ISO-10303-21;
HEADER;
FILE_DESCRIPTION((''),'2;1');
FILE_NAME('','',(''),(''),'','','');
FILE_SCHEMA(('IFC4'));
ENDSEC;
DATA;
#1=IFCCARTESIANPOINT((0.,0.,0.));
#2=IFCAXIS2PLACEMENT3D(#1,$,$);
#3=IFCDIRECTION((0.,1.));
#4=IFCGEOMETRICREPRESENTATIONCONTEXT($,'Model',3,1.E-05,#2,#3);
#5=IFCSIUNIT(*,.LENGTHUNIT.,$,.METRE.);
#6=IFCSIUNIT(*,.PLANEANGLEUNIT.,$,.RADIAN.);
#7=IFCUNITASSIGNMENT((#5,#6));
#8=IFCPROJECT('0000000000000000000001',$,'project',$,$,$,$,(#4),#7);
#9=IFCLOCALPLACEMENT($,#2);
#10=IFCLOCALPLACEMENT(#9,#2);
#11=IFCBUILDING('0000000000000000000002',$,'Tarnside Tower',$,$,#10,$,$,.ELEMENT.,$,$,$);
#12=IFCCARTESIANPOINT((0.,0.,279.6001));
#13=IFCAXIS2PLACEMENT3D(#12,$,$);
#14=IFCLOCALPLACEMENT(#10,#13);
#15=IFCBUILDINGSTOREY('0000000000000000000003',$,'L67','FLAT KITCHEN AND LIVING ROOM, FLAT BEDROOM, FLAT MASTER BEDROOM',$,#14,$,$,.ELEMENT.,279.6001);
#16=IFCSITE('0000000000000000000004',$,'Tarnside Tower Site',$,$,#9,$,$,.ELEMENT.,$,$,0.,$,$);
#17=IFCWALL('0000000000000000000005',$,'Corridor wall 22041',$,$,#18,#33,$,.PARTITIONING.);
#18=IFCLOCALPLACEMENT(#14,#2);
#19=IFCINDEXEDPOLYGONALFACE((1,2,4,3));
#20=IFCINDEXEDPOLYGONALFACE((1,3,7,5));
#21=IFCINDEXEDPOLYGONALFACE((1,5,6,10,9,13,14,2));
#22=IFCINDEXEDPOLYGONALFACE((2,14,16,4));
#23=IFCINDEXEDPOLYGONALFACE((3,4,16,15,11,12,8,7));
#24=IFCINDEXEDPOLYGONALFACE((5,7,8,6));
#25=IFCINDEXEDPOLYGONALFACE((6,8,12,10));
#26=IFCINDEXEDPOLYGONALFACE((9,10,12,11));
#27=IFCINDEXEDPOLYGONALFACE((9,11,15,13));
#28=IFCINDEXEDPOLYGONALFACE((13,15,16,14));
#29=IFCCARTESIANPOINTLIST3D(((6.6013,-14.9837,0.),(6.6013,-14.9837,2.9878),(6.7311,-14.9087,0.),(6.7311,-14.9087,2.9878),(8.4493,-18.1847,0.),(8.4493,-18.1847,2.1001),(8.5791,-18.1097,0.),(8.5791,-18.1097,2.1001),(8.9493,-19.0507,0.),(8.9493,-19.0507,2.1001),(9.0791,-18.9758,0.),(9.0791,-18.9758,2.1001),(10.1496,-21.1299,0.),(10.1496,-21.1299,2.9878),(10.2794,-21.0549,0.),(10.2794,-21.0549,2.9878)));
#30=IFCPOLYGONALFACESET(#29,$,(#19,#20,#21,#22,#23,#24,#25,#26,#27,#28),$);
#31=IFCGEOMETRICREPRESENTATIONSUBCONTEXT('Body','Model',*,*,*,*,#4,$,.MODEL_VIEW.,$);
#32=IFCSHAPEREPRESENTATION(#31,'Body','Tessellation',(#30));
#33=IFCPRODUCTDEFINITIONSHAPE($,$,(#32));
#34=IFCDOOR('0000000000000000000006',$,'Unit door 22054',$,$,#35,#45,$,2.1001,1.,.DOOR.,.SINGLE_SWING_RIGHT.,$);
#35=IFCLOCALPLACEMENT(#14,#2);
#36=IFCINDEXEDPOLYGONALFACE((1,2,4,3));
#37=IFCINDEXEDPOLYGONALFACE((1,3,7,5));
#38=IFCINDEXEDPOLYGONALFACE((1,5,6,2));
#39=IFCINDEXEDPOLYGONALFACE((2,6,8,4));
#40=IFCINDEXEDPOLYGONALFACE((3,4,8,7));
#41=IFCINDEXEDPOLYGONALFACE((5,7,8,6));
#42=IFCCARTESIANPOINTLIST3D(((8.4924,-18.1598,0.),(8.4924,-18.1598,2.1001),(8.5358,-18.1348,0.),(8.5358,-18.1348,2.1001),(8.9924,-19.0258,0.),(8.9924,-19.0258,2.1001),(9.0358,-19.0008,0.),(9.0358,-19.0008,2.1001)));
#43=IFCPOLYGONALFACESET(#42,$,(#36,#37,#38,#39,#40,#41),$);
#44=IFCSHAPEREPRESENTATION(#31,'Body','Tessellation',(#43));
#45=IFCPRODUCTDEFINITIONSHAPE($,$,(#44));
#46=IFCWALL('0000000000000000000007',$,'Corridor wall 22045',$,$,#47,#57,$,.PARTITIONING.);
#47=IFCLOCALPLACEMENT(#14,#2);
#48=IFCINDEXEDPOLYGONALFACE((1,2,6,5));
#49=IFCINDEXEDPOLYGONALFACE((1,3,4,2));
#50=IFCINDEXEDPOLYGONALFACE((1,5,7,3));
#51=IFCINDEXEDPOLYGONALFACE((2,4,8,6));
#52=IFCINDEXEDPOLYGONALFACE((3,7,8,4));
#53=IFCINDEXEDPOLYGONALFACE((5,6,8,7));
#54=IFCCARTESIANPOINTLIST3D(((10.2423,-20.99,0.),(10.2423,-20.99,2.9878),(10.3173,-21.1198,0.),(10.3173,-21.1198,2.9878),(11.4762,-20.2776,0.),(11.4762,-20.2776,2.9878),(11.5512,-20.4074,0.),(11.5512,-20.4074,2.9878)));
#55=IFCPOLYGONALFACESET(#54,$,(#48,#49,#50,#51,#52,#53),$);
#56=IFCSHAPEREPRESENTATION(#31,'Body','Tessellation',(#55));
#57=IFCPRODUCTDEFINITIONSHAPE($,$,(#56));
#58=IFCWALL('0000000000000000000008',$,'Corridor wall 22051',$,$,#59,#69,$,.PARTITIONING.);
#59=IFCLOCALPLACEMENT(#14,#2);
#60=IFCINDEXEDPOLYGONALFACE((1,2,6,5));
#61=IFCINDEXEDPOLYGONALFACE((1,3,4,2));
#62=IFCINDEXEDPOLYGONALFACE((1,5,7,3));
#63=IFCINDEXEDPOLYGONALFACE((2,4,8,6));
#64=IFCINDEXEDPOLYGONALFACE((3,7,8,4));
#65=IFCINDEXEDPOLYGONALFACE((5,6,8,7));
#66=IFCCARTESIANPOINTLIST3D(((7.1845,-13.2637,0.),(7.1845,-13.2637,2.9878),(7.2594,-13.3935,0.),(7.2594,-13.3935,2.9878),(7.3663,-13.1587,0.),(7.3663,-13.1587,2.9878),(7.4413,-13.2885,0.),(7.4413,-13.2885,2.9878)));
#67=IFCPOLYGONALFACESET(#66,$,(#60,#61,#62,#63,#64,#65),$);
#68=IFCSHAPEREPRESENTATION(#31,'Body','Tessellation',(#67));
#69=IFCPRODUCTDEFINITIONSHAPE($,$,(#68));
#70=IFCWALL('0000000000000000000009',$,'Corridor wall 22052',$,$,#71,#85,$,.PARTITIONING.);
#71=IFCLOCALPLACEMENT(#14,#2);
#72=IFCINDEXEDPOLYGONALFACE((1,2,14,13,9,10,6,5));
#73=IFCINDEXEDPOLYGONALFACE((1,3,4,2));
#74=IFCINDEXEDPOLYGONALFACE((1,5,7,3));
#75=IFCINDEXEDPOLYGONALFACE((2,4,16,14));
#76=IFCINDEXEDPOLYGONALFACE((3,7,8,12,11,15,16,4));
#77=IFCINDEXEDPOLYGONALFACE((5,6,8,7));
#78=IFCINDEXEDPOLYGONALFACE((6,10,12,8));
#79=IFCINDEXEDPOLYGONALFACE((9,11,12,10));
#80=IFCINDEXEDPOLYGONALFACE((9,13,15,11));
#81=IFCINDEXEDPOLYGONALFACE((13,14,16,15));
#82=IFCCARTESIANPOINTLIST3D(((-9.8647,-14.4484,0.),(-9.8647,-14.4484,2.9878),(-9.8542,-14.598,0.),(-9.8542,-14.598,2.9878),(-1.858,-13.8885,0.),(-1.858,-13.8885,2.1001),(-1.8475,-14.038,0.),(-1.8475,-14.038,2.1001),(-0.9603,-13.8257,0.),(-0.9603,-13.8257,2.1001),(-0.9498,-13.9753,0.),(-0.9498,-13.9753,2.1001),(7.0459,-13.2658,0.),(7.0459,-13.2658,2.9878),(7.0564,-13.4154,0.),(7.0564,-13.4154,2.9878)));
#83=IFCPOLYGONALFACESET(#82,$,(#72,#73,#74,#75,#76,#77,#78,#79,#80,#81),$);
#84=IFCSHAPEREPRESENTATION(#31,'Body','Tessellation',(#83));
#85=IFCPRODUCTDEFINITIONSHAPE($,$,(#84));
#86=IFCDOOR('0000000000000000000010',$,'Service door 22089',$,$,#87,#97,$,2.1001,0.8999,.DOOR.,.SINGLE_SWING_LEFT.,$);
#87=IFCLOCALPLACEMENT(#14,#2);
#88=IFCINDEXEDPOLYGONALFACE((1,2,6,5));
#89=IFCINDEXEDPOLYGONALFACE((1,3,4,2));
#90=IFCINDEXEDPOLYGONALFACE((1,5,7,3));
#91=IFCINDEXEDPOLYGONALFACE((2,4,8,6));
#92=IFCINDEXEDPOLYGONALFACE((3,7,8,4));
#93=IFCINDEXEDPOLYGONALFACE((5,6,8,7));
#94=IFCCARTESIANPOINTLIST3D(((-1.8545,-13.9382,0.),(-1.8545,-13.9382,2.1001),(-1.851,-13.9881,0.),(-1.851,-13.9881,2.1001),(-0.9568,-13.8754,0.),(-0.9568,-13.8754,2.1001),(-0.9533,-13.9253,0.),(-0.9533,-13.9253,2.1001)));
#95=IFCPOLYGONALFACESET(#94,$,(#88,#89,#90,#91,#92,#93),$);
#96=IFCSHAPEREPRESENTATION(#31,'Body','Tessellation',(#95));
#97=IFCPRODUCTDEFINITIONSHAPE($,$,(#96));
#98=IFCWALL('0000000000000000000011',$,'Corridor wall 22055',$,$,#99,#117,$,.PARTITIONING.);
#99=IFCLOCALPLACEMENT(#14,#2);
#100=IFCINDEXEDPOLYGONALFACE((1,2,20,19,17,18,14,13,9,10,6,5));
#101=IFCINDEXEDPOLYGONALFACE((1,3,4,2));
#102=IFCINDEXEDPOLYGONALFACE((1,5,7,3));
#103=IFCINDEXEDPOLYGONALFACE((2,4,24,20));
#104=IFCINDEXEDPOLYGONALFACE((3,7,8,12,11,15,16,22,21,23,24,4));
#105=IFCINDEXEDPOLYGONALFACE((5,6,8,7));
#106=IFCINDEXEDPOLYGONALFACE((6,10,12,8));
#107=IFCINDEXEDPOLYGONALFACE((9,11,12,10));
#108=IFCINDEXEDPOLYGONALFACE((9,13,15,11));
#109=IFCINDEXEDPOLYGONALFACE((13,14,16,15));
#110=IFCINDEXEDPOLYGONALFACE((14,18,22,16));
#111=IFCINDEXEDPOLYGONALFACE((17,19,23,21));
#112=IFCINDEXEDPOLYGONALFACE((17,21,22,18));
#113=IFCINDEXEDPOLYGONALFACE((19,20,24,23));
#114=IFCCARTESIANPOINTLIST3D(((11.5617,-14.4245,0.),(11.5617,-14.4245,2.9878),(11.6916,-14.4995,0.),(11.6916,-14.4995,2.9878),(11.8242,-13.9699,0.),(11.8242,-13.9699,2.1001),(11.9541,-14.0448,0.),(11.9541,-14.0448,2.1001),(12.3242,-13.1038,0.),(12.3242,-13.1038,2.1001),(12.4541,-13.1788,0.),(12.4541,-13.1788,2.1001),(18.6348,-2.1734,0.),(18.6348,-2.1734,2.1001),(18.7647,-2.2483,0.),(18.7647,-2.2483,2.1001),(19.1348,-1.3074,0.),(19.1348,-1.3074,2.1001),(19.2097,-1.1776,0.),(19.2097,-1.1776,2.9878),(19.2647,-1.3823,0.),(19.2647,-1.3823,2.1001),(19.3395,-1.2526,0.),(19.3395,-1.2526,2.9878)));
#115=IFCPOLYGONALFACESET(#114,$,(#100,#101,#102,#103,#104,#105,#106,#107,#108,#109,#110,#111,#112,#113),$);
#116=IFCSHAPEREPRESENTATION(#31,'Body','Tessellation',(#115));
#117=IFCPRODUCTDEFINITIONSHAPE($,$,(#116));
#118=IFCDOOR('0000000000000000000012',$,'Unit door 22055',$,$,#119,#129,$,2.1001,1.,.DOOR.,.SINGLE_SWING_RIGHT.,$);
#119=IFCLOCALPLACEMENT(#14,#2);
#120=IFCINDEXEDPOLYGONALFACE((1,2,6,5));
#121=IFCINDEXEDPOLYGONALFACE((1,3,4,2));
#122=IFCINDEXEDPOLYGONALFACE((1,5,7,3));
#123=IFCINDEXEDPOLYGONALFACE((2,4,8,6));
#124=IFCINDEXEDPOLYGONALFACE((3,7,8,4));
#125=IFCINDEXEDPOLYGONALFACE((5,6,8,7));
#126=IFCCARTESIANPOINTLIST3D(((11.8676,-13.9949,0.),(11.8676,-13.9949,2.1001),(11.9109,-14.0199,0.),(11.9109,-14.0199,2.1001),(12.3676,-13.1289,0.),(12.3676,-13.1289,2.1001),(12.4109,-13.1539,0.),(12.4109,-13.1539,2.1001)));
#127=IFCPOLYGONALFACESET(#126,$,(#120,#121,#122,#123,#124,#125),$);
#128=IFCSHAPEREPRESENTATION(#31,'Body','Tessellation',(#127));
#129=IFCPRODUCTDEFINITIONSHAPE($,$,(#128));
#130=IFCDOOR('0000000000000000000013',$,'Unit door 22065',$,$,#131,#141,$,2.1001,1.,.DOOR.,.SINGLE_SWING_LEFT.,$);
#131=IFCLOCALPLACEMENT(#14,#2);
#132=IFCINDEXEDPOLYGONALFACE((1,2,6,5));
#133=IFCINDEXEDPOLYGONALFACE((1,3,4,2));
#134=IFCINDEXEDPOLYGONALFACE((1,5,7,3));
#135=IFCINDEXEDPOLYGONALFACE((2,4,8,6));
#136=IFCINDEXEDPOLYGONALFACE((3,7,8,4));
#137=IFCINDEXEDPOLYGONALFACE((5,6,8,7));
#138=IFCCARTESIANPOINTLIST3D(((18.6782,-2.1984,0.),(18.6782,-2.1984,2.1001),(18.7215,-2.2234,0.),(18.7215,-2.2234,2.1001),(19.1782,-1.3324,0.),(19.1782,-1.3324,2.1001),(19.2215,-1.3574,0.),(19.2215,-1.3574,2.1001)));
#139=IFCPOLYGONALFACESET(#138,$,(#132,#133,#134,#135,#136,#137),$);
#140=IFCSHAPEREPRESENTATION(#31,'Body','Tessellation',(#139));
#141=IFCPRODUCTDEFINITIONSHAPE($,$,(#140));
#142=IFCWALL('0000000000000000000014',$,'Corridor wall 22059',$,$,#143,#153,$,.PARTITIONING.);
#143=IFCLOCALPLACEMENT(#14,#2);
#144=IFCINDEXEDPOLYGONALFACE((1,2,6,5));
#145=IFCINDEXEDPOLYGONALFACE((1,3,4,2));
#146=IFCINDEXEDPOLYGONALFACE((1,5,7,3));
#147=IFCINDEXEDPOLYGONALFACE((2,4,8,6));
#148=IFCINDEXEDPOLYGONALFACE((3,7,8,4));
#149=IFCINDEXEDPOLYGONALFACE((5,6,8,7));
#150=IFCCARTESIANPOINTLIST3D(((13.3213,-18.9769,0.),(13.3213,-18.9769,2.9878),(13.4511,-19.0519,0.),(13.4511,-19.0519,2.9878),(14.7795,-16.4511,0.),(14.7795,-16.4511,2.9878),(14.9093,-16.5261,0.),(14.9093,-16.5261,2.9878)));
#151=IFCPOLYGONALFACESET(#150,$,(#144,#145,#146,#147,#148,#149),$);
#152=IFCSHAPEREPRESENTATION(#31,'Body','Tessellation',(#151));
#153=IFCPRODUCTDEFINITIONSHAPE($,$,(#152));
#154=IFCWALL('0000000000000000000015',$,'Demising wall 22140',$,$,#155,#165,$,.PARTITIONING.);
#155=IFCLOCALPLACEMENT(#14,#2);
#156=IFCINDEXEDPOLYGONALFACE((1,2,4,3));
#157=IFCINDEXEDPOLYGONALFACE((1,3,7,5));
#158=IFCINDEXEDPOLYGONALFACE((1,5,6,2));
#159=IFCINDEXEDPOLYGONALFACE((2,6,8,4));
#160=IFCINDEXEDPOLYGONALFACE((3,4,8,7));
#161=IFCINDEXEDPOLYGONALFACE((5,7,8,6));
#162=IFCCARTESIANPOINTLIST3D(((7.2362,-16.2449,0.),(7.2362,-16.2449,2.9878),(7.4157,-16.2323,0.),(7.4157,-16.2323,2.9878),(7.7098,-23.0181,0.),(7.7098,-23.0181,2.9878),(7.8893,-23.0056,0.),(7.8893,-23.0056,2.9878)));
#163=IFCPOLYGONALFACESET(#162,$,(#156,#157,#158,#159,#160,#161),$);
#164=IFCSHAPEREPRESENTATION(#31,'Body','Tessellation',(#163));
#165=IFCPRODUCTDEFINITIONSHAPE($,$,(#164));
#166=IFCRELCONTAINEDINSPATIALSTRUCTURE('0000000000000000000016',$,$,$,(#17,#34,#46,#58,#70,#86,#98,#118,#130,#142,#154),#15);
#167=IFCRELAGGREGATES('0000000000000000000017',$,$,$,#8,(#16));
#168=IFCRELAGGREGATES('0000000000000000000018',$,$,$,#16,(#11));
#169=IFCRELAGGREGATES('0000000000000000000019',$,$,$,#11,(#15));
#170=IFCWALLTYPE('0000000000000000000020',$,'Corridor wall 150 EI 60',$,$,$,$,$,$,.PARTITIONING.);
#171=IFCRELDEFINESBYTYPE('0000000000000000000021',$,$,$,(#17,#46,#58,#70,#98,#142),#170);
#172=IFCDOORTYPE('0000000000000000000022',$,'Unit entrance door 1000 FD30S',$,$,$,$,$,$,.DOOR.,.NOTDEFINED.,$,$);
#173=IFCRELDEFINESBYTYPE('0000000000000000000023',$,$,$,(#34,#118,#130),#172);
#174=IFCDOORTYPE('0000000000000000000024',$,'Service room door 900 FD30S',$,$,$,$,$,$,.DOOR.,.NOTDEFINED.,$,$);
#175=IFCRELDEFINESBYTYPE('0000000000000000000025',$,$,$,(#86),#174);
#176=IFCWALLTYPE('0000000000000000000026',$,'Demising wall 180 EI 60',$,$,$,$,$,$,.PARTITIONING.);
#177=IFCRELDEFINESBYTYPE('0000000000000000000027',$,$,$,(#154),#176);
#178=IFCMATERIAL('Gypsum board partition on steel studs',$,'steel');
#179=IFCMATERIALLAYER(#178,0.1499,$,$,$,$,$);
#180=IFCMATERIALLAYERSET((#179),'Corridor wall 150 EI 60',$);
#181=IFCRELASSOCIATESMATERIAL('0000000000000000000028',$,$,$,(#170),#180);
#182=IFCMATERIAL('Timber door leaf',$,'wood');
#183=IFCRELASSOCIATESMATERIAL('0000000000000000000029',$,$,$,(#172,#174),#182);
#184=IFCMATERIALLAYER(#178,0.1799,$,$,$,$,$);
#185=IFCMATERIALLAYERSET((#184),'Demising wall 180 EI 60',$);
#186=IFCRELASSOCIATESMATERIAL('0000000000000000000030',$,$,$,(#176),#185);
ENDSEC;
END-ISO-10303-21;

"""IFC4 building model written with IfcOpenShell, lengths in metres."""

from ifc_helpers import new_model, si_unit, direction, frame, frame_2d, origin, place, context, subcontext, project, spatial, rectangle, extrude, material, layer, layer_set, type_object, element, fill, save


model = new_model("IFC4")

# Units and contexts
model_context = context("Model", 3, precision=1e-05, world=origin(), true_north=direction((0.0, 1.0)))
body_context = subcontext(model_context, "Body", "Model", "MODEL_VIEW")
ifc_project = project(units=[si_unit("LENGTHUNIT", "METRE"), si_unit("PLANEANGLEUNIT", "RADIAN")], contexts=[model_context])

# Site, building, storey
site_placement = place(None, origin())
site = spatial("IfcSite", under=ifc_project, at=site_placement, Name="Tarnside Tower Site", CompositionType="ELEMENT", RefElevation=0.0)
building_placement = place(site_placement, origin())
building = spatial("IfcBuilding", under=site, at=building_placement, Name="Tarnside Tower", CompositionType="ELEMENT")
storey_placement = place(building_placement, frame((0.0, 0.0, 279.6001)))
storey = spatial("IfcBuildingStorey", under=building, at=storey_placement, Name="L67", Description="FLAT KITCHEN AND LIVING ROOM, FLAT BEDROOM, FLAT MASTER BEDROOM", CompositionType="ELEMENT", Elevation=279.6001)

# Wall, opening, door
ifc_material_1 = material(Name="Gypsum board partition on steel studs", Category="steel")
ifc_layer_1 = layer(ifc_material_1, 0.1499)
ifc_layer_set_1 = layer_set([ifc_layer_1], Name="Corridor wall 150 EI 60")
wall_type_1 = type_object("IfcWallType", Name="Corridor wall 150 EI 60", PredefinedType="PARTITIONING", material=ifc_layer_set_1)
wall_1_placement = place(storey_placement, frame((6.6663, -14.9463, 0.0), z_axis=(0.0, 0.0, 1.0), x_axis=(0.49998, -0.866037, 0.0)))
wall_1 = element("IfcWall", 1, at=wall_1_placement, inside=storey, type_object=wall_type_1, Name="Corridor wall 22041", PredefinedType="PARTITIONING", context=body_context, shape_type="SweptSolid", body=[
    extrude(rectangle(XDim=7.0969, YDim=0.1499, at=frame_2d((3.5483, 0.0))), origin(), (0.0, 0.0, 1.0), 2.9878),
])
opening_1_placement = place(wall_1_placement, frame((3.696, 0.0, 0.0)))
opening_1 = element("IfcOpeningElement", 2, at=opening_1_placement, cuts=wall_1, PredefinedType="OPENING", context=body_context, shape_type="SweptSolid", body=[
    extrude(rectangle(XDim=1.0, YDim=2.1001, at=frame_2d((0.5, 1.05))), frame((0.0, 0.085, 0.0), z_axis=(0.0, -1.0, 0.0), x_axis=(1.0, 0.0, 0.0)), (0.0, 0.0, 1.0), 0.1699),
])
ifc_material_2 = material(Name="Timber door leaf", Category="wood")
door_type_1 = type_object("IfcDoorType", Name="Unit entrance door 1000 FD30S", OperationType="NOTDEFINED", PredefinedType="DOOR", material=ifc_material_2)
door_1_placement = place(opening_1_placement, origin())
door_1 = element("IfcDoor", 3, at=door_1_placement, inside=storey, type_object=door_type_1, Name="Unit door 22054", OperationType="SINGLE_SWING_RIGHT", OverallHeight=2.1001, OverallWidth=1.0, PredefinedType="DOOR", context=body_context, shape_type="SweptSolid", body=[
    extrude(rectangle(XDim=1.0, YDim=2.1001, at=frame_2d((0.5, 1.05))), frame((0.0, 0.0249, 0.0), z_axis=(0.0, -1.0, 0.0), x_axis=(1.0, 0.0, 0.0)), (0.0, 0.0, 1.0), 0.05),
])
fill(opening_1, door_1)

# Walls
wall_2_placement = place(storey_placement, frame((10.2798, -21.0549, 0.0), z_axis=(0.0, 0.0, 1.0), x_axis=(0.86602, 0.500009, 0.0)))
element("IfcWall", 4, at=wall_2_placement, inside=storey, type_object=wall_type_1, Name="Corridor wall 22045", PredefinedType="PARTITIONING", context=body_context, shape_type="SweptSolid", body=[
    extrude(rectangle(XDim=1.4248, YDim=0.1499, at=frame_2d((0.7124, 0.0))), origin(), (0.0, 0.0, 1.0), 2.9878),
])
wall_3_placement = place(storey_placement, frame((7.4038, -13.2236, 0.0), z_axis=(0.0, 0.0, 1.0), x_axis=(-0.866089, -0.49989, 0.0)))
element("IfcWall", 5, at=wall_3_placement, inside=storey, type_object=wall_type_1, Name="Corridor wall 22051", PredefinedType="PARTITIONING", context=body_context, shape_type="SweptSolid", body=[
    extrude(rectangle(XDim=0.21, YDim=0.1499, at=frame_2d((0.105, 0.0))), origin(), (0.0, 0.0, 1.0), 2.9878),
])

# Wall, opening, door
wall_4_placement = place(storey_placement, frame((7.0513, -13.3406, 0.0), z_axis=(0.0, 0.0, 1.0), x_axis=(-0.997564, -0.069763, 0.0)))
wall_4 = element("IfcWall", 6, at=wall_4_placement, inside=storey, type_object=wall_type_1, Name="Corridor wall 22052", PredefinedType="PARTITIONING", context=body_context, shape_type="SweptSolid", body=[
    extrude(rectangle(XDim=16.9519, YDim=0.1499, at=frame_2d((8.4761, 0.0))), origin(), (0.0, 0.0, 1.0), 2.9878),
])
opening_2_placement = place(wall_4_placement, frame((8.0259, 0.0, 0.0)))
opening_2 = element("IfcOpeningElement", 7, at=opening_2_placement, cuts=wall_4, PredefinedType="OPENING", context=body_context, shape_type="SweptSolid", body=[
    extrude(rectangle(XDim=0.8999, YDim=2.1001, at=frame_2d((0.45, 1.05))), frame((0.0, 0.085, 0.0), z_axis=(0.0, -1.0, 0.0), x_axis=(1.0, 0.0, 0.0)), (0.0, 0.0, 1.0), 0.1699),
])
door_type_2 = type_object("IfcDoorType", Name="Service room door 900 FD30S", OperationType="NOTDEFINED", PredefinedType="DOOR", material=ifc_material_2)
door_2_placement = place(opening_2_placement, origin())
door_2 = element("IfcDoor", 8, at=door_2_placement, inside=storey, type_object=door_type_2, Name="Service door 22089", OperationType="SINGLE_SWING_LEFT", OverallHeight=2.1001, OverallWidth=0.8999, PredefinedType="DOOR", context=body_context, shape_type="SweptSolid", body=[
    extrude(rectangle(XDim=0.8999, YDim=2.1001, at=frame_2d((0.45, 1.05))), frame((0.0, 0.0249, 0.0), z_axis=(0.0, -1.0, 0.0), x_axis=(1.0, 0.0, 0.0)), (0.0, 0.0, 1.0), 0.05),
])
fill(opening_2, door_2)

# Wall, openings, doors
wall_5_placement = place(storey_placement, frame((11.6267, -14.4619, 0.0), z_axis=(0.0, 0.0, 1.0), x_axis=(0.499995, 0.866029, 0.0)))
wall_5 = element("IfcWall", 9, at=wall_5_placement, inside=storey, type_object=wall_type_1, Name="Corridor wall 22055", PredefinedType="PARTITIONING", context=body_context, shape_type="SweptSolid", body=[
    extrude(rectangle(XDim=15.2961, YDim=0.1499, at=frame_2d((7.6479, 0.0))), origin(), (0.0, 0.0, 1.0), 2.9878),
])
opening_3_placement = place(wall_5_placement, frame((0.5249, 0.0, 0.0)))
opening_3 = element("IfcOpeningElement", 10, at=opening_3_placement, cuts=wall_5, PredefinedType="OPENING", context=body_context, shape_type="SweptSolid", body=[
    extrude(rectangle(XDim=1.0, YDim=2.1001, at=frame_2d((0.5, 1.05))), frame((0.0, 0.085, 0.0), z_axis=(0.0, -1.0, 0.0), x_axis=(1.0, 0.0, 0.0)), (0.0, 0.0, 1.0), 0.1699),
])
opening_4_placement = place(wall_5_placement, frame((14.1462, 0.0, 0.0)))
opening_4 = element("IfcOpeningElement", 11, at=opening_4_placement, cuts=wall_5, PredefinedType="OPENING", context=body_context, shape_type="SweptSolid", body=[
    extrude(rectangle(XDim=1.0, YDim=2.1001, at=frame_2d((0.5, 1.05))), frame((0.0, 0.085, 0.0), z_axis=(0.0, -1.0, 0.0), x_axis=(1.0, 0.0, 0.0)), (0.0, 0.0, 1.0), 0.1699),
])
door_3_placement = place(opening_3_placement, origin())
door_3 = element("IfcDoor", 12, at=door_3_placement, inside=storey, type_object=door_type_1, Name="Unit door 22055", OperationType="SINGLE_SWING_RIGHT", OverallHeight=2.1001, OverallWidth=1.0, PredefinedType="DOOR", context=body_context, shape_type="SweptSolid", body=[
    extrude(rectangle(XDim=1.0, YDim=2.1001, at=frame_2d((0.5, 1.05))), frame((0.0, 0.0249, 0.0), z_axis=(0.0, -1.0, 0.0), x_axis=(1.0, 0.0, 0.0)), (0.0, 0.0, 1.0), 0.05),
])
fill(opening_3, door_3)
door_4_placement = place(opening_4_placement, origin())
door_4 = element("IfcDoor", 13, at=door_4_placement, inside=storey, type_object=door_type_1, Name="Unit door 22065", OperationType="SINGLE_SWING_LEFT", OverallHeight=2.1001, OverallWidth=1.0, PredefinedType="DOOR", context=body_context, shape_type="SweptSolid", body=[
    extrude(rectangle(XDim=1.0, YDim=2.1001, at=frame_2d((0.5, 1.05))), frame((0.0, 0.0249, 0.0), z_axis=(0.0, -1.0, 0.0), x_axis=(1.0, 0.0, 0.0)), (0.0, 0.0, 1.0), 0.05),
])
fill(opening_4, door_4)

# Walls
wall_6_placement = place(storey_placement, frame((13.3862, -19.0144, 0.0), z_axis=(0.0, 0.0, 1.0), x_axis=(0.499983, 0.866035, 0.0)))
element("IfcWall", 14, at=wall_6_placement, inside=storey, type_object=wall_type_1, Name="Corridor wall 22059", PredefinedType="PARTITIONING", context=body_context, shape_type="SweptSolid", body=[
    extrude(rectangle(XDim=2.9165, YDim=0.1499, at=frame_2d((1.4583, 0.0))), origin(), (0.0, 0.0, 1.0), 2.9878),
])
ifc_layer_2 = layer(ifc_material_1, 0.1799)
ifc_layer_set_2 = layer_set([ifc_layer_2], Name="Demising wall 180 EI 60")
wall_type_2 = type_object("IfcWallType", Name="Demising wall 180 EI 60", PredefinedType="PARTITIONING", material=ifc_layer_set_2)
wall_7_placement = place(storey_placement, frame((7.7996, -23.012, 0.0), z_axis=(0.0, 0.0, 1.0), x_axis=(-0.069757, 0.997564, 0.0)))
element("IfcWall", 15, at=wall_7_placement, inside=storey, type_object=wall_type_2, Name="Demising wall 22140", PredefinedType="PARTITIONING", context=body_context, shape_type="SweptSolid", body=[
    extrude(rectangle(XDim=6.7898, YDim=0.1799, at=frame_2d((3.395, 0.0))), origin(), (0.0, 0.0, 1.0), 2.9878),
])

save(model, "model.ifc")
